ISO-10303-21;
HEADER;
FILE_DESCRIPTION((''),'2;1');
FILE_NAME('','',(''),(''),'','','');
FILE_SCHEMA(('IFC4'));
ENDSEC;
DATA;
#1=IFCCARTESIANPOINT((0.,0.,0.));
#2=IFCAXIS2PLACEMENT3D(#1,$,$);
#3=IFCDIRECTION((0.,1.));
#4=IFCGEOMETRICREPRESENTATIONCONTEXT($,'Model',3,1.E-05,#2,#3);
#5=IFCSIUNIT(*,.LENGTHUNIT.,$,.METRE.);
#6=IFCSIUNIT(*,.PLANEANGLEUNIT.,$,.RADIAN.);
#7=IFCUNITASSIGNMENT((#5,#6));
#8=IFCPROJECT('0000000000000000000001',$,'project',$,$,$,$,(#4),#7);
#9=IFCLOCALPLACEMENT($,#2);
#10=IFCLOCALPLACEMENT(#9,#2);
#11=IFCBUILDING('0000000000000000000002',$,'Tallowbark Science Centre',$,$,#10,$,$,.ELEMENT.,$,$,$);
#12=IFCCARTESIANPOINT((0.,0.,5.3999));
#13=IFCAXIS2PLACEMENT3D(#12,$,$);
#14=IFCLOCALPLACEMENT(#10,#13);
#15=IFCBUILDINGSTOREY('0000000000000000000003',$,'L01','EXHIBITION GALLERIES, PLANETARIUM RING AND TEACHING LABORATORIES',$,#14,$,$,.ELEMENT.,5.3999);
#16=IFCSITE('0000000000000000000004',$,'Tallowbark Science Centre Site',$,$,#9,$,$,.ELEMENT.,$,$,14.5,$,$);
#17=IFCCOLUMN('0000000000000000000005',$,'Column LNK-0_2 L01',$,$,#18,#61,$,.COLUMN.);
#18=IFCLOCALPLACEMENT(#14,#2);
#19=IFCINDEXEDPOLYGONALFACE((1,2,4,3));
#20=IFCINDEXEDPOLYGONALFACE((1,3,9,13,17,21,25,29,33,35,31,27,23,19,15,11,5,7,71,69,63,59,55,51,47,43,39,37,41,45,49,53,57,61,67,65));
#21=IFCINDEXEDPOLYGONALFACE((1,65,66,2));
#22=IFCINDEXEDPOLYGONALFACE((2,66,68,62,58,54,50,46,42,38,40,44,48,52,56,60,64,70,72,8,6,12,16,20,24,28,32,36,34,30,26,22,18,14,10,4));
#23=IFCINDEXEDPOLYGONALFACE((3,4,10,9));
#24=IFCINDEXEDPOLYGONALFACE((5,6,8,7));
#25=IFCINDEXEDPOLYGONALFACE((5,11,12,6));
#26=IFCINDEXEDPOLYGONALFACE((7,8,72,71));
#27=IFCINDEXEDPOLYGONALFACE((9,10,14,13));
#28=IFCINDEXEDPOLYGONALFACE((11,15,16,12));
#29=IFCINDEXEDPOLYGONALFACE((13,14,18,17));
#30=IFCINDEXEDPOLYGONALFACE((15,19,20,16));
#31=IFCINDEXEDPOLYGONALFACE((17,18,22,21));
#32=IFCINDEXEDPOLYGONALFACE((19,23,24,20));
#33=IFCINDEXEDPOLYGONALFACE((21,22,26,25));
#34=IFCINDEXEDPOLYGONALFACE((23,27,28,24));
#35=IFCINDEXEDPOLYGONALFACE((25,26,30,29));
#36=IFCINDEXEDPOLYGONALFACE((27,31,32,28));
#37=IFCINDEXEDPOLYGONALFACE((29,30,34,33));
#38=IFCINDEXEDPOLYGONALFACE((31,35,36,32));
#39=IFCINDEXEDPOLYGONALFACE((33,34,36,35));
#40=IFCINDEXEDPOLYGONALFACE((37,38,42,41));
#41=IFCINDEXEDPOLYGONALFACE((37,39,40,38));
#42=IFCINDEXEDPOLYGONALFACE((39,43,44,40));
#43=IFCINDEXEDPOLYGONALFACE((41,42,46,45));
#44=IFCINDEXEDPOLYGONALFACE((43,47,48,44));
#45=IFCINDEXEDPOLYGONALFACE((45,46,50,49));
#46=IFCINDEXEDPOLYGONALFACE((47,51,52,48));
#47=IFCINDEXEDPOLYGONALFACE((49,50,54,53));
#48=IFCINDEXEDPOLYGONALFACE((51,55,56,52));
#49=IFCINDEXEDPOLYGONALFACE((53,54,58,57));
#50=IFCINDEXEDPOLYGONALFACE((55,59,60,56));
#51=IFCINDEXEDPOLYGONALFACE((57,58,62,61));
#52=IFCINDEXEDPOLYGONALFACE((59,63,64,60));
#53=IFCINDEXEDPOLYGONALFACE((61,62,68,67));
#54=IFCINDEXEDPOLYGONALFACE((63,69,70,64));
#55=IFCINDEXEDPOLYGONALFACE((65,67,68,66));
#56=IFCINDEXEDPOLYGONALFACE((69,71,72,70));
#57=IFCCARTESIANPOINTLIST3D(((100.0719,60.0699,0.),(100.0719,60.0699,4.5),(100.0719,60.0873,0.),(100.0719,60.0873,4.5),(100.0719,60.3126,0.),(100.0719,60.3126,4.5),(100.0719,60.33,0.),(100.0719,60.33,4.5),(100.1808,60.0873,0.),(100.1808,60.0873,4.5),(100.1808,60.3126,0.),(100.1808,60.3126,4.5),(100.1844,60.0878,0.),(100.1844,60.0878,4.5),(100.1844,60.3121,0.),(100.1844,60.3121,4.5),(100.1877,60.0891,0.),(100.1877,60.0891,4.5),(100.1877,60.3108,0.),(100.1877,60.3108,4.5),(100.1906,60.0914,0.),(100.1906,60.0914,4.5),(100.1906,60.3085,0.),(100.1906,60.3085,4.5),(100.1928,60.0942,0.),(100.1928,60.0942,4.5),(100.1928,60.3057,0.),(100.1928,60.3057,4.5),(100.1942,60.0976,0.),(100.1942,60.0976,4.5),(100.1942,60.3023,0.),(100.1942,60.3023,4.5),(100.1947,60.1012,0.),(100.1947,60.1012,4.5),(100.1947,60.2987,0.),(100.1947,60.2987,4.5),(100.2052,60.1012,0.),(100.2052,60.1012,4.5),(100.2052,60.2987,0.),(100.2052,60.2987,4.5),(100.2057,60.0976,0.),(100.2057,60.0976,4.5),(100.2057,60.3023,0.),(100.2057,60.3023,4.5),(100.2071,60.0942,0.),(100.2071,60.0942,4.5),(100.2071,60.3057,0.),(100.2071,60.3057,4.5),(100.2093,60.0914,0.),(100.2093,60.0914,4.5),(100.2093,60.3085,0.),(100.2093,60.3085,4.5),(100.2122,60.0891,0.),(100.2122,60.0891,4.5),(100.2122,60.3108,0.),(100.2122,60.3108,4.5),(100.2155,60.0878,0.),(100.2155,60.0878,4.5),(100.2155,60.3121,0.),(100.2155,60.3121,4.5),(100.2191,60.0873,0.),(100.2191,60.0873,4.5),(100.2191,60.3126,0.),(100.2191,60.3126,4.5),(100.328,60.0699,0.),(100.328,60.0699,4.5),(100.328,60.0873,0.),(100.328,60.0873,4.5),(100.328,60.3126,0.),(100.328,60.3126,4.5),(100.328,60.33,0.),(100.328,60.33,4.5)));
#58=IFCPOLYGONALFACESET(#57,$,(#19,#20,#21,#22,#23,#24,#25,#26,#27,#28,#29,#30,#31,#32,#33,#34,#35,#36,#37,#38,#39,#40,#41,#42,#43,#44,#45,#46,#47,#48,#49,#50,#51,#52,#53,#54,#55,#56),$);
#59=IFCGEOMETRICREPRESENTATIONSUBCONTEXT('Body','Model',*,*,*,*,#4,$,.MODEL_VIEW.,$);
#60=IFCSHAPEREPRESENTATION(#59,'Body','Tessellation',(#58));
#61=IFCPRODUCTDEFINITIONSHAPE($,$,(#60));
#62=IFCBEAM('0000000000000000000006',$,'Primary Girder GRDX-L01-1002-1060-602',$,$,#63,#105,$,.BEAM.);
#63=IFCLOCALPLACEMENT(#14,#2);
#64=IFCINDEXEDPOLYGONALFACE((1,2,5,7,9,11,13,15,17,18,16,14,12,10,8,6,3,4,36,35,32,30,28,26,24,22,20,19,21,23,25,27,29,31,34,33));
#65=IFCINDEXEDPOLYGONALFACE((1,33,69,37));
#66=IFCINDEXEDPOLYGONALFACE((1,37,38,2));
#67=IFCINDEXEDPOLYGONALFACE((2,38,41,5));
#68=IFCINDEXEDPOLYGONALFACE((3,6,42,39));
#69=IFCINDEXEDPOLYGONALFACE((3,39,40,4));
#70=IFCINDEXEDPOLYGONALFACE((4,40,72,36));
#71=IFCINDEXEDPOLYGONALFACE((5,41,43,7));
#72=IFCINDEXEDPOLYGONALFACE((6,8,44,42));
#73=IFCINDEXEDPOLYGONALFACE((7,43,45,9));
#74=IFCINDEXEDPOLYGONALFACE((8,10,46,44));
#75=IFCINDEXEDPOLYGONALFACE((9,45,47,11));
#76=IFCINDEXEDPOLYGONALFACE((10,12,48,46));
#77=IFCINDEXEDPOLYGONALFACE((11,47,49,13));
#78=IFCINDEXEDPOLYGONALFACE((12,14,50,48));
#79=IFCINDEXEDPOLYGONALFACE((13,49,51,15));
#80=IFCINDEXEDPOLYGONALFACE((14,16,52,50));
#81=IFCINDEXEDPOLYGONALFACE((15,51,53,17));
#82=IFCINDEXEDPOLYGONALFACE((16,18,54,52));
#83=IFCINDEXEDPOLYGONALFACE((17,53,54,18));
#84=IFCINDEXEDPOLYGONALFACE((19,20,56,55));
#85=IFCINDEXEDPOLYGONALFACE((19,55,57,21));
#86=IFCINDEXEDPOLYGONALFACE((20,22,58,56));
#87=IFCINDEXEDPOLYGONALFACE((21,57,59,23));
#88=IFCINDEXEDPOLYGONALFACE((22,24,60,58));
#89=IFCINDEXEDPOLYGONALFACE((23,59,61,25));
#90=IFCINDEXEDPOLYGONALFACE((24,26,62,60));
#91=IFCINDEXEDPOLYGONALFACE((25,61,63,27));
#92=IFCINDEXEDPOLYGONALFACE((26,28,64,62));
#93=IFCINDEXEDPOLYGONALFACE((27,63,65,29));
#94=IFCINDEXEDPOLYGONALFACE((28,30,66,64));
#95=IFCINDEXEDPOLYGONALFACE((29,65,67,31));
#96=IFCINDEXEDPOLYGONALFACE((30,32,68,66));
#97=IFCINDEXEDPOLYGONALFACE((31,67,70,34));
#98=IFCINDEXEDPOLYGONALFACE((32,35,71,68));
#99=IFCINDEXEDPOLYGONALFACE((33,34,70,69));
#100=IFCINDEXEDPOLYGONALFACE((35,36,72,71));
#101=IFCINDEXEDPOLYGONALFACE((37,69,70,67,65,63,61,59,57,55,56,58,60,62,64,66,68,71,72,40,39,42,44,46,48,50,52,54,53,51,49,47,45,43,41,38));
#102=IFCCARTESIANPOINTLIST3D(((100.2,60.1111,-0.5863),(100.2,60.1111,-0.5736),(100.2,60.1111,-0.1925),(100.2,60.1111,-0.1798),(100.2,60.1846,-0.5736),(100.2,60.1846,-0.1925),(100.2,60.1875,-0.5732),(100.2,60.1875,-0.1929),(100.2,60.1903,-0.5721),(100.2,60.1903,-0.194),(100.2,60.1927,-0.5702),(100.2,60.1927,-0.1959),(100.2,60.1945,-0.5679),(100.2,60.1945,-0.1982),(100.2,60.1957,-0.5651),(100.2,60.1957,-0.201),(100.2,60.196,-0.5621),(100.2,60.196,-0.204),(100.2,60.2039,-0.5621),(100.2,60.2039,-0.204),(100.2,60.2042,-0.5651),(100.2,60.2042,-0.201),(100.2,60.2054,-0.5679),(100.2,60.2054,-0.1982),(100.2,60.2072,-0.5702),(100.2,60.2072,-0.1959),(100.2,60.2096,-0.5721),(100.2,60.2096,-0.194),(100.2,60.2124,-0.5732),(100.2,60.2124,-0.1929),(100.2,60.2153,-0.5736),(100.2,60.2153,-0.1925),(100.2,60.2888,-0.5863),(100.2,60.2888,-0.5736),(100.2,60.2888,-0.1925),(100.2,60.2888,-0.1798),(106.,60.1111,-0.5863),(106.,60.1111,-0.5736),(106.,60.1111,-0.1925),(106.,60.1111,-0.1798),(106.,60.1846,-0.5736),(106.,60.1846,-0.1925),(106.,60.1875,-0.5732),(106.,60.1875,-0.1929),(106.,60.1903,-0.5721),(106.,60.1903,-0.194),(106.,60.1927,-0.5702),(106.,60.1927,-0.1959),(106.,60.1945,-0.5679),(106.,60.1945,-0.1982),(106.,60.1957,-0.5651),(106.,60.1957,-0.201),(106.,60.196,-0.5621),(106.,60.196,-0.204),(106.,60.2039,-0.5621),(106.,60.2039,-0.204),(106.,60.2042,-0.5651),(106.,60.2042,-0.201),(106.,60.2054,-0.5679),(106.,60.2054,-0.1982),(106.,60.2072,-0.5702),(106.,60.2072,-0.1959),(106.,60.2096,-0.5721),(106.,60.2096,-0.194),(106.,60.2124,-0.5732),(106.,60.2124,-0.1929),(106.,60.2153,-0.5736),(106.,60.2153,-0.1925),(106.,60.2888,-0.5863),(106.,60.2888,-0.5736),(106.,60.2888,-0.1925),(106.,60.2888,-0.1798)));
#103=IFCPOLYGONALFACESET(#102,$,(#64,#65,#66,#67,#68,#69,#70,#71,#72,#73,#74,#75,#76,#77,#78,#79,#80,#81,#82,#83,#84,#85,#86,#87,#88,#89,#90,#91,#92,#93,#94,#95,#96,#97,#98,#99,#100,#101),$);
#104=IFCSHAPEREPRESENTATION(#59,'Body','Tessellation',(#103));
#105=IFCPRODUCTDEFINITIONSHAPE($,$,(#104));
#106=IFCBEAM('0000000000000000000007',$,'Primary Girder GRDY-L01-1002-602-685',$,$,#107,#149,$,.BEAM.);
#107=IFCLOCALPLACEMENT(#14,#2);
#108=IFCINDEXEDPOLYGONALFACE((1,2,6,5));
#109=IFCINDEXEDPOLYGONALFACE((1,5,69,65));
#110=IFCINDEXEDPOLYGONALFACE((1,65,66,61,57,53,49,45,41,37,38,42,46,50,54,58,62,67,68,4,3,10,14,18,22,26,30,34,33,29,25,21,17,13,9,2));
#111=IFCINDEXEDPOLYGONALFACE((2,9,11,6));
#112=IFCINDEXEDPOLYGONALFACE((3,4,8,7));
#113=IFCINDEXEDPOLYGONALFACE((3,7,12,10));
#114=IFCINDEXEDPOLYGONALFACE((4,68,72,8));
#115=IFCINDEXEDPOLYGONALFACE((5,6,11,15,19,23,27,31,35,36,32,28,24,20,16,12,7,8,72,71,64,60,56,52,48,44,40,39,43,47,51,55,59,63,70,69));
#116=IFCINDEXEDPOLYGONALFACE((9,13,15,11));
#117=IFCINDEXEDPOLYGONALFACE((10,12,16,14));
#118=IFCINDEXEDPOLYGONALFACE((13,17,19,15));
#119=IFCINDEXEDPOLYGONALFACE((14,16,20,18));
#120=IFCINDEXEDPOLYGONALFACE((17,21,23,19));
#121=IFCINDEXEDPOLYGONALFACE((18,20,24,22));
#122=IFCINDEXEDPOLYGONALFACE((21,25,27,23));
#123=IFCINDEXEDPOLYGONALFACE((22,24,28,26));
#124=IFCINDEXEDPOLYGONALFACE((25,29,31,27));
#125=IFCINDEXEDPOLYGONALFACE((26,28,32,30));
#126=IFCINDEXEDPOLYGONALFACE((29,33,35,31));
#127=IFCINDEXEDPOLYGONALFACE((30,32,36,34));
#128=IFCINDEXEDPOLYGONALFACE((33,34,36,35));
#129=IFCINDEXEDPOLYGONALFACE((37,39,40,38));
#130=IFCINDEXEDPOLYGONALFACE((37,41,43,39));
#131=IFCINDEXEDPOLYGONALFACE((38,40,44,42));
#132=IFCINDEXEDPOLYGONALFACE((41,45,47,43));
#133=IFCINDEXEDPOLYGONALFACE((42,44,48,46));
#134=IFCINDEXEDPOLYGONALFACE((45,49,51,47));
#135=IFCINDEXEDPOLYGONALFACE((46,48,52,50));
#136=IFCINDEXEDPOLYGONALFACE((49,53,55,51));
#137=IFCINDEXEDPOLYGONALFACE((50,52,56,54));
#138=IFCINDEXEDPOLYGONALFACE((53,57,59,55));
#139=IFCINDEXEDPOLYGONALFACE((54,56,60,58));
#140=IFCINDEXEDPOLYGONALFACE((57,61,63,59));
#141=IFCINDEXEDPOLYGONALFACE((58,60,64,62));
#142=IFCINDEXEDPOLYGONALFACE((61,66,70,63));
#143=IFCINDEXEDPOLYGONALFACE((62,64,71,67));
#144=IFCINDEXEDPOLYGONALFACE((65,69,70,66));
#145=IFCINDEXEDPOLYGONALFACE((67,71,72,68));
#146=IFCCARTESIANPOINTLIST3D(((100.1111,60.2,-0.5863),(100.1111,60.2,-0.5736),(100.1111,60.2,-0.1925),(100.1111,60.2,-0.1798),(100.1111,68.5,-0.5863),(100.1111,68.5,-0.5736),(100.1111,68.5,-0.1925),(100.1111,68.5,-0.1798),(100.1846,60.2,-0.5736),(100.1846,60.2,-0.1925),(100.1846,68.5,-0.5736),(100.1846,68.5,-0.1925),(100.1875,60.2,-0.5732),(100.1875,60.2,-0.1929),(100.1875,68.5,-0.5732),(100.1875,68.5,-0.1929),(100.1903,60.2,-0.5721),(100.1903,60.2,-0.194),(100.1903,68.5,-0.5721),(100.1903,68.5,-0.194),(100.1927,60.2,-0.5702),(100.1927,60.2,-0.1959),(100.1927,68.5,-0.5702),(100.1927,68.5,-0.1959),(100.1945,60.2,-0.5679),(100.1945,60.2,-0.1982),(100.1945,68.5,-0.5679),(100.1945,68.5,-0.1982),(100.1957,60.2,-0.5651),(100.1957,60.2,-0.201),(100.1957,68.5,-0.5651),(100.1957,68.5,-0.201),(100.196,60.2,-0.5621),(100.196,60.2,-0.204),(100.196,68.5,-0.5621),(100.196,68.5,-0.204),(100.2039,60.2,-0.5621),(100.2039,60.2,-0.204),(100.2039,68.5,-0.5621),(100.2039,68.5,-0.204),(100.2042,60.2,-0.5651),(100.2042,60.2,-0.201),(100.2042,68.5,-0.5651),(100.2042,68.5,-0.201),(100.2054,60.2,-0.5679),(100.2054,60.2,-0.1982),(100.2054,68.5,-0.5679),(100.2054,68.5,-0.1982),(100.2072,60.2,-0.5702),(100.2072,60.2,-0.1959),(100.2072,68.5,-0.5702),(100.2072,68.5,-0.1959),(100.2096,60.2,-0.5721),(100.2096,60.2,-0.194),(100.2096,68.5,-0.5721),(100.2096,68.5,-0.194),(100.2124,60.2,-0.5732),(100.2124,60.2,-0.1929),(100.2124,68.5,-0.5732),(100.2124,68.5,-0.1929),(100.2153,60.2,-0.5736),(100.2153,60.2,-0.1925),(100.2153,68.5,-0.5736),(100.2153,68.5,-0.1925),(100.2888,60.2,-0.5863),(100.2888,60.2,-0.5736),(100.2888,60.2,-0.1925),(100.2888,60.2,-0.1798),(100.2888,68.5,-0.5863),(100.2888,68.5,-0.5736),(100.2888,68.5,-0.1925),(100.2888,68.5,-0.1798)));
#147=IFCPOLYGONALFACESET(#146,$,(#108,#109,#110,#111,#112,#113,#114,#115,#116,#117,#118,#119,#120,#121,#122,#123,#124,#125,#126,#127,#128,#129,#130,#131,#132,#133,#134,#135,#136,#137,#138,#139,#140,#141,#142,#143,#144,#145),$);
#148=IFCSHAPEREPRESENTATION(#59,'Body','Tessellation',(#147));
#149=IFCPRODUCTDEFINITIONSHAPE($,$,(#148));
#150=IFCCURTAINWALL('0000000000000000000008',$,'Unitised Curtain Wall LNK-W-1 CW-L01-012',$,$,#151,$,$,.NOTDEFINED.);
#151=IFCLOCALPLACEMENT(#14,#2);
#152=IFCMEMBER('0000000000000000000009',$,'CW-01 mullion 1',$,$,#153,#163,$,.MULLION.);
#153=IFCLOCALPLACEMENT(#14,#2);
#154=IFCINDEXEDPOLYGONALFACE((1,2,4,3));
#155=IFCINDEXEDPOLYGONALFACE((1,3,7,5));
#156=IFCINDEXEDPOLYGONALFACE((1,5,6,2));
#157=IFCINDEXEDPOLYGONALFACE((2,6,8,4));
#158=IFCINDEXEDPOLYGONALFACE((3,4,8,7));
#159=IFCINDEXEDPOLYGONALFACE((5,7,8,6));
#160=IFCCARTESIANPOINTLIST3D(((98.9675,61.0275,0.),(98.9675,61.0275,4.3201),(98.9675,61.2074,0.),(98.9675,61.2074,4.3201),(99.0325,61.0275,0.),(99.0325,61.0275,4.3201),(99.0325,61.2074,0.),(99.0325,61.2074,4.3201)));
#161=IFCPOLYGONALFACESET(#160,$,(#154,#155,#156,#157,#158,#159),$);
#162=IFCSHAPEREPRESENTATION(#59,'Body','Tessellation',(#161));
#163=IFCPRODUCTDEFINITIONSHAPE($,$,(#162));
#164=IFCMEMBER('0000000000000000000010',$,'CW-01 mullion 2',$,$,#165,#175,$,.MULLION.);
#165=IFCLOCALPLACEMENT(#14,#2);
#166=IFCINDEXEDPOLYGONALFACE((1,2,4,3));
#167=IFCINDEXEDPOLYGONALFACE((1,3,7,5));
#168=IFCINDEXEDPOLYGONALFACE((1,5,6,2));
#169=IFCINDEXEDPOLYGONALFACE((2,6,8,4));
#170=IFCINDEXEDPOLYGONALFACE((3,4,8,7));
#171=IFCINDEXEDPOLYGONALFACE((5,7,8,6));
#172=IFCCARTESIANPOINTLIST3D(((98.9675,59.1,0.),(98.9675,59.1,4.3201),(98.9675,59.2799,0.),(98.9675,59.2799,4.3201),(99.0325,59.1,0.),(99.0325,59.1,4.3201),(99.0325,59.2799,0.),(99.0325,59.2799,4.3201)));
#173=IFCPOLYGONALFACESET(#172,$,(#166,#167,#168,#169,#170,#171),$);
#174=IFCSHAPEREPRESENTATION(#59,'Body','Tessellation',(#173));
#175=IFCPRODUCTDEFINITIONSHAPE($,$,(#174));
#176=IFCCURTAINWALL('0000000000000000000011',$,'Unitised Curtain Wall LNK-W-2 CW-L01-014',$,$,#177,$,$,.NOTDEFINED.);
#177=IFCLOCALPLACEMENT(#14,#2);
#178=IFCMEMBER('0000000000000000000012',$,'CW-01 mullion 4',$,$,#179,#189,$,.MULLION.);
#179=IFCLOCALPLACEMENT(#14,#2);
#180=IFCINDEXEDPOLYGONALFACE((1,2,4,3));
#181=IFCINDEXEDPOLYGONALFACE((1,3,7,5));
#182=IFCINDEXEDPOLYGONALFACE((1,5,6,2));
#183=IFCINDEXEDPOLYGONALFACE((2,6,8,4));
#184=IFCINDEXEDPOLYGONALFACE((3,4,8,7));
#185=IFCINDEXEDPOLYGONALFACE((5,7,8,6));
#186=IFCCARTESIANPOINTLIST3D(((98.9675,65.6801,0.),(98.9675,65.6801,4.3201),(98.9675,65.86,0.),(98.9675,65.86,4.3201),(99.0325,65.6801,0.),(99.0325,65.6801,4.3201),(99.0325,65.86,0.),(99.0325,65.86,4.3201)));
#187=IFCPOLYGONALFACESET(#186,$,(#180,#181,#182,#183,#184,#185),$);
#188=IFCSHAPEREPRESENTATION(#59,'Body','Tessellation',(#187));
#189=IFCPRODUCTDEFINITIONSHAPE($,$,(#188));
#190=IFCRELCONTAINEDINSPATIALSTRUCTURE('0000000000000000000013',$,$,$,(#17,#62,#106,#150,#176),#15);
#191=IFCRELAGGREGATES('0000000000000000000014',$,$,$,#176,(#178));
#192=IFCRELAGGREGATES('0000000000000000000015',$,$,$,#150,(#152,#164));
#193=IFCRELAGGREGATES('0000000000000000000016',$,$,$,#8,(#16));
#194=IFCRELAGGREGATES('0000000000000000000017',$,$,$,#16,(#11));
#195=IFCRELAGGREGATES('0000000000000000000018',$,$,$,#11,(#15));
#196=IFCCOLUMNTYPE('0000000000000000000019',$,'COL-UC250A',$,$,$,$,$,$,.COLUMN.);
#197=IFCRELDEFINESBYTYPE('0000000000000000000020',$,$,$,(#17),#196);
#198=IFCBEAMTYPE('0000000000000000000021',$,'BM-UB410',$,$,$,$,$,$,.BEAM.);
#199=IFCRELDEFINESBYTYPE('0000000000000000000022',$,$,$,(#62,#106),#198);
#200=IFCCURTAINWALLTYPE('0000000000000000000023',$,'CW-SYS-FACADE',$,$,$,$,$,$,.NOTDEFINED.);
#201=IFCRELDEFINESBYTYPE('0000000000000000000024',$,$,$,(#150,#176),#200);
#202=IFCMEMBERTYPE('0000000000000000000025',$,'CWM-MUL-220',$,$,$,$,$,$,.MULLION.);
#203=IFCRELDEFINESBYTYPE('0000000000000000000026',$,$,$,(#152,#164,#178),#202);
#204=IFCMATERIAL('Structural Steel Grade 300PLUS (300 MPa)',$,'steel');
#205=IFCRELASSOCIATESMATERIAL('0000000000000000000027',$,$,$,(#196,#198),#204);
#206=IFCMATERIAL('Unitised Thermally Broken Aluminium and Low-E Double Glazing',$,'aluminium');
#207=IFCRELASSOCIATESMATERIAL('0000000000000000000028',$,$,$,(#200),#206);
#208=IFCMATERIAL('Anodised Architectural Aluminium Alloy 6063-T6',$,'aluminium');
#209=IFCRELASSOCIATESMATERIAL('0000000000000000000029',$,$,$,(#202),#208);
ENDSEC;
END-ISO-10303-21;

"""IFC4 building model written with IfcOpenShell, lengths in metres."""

from ifc_helpers import new_model, si_unit, direction, frame, origin, origin_2d, place, context, subcontext, project, spatial, rectangle, i_section, extrude, material, material_profile, profile_set, type_object, element, aggregate, save


model = new_model("IFC4")

# Units and contexts
model_context = context("Model", 3, precision=1e-05, world=origin(), true_north=direction((0.0, 1.0)))
body_context = subcontext(model_context, "Body", "Model", "MODEL_VIEW")
ifc_project = project(units=[si_unit("LENGTHUNIT", "METRE"), si_unit("PLANEANGLEUNIT", "RADIAN")], contexts=[model_context])

# Site, building, storey
site_placement = place(None, origin())
site = spatial("IfcSite", under=ifc_project, at=site_placement, Name="Tallowbark Science Centre Site", CompositionType="ELEMENT", RefElevation=14.5)
building_placement = place(site_placement, origin())
building = spatial("IfcBuilding", under=site, at=building_placement, Name="Tallowbark Science Centre", CompositionType="ELEMENT")
storey_placement = place(building_placement, frame((0.0, 0.0, 5.3999)))
storey = spatial("IfcBuildingStorey", under=building, at=storey_placement, Name="L01", Description="EXHIBITION GALLERIES, PLANETARIUM RING AND TEACHING LABORATORIES", CompositionType="ELEMENT", Elevation=5.3999)

# Column
ifc_material_1 = material(Name="Structural Steel Grade 300PLUS (300 MPa)", Category="steel")
ifc_material_profile_1 = material_profile(ifc_material_1, i_section(OverallWidth=0.2561, OverallDepth=0.26, WebThickness=0.0105, FlangeThickness=0.0173, FilletRadius=0.0139, at=origin_2d()), Name="250UC89.5")
ifc_profile_set_1 = profile_set([ifc_material_profile_1], Name="Structural Steel Grade 300PLUS (300 MPa)")
column_type = type_object("IfcColumnType", Name="COL-UC250A", PredefinedType="COLUMN", material=ifc_profile_set_1)
column_placement = place(storey_placement, frame((100.2, 60.2, 0.0), z_axis=(0.0, 0.0, 1.0), x_axis=(1.0, 0.0, 0.0)))
element("IfcColumn", 1, at=column_placement, inside=storey, type_object=column_type, Name="Column LNK-0_2 L01", PredefinedType="COLUMN", context=body_context, shape_type="SweptSolid", body=[
    extrude(i_section(OverallWidth=0.2561, OverallDepth=0.26, WebThickness=0.0105, FlangeThickness=0.0173, FilletRadius=0.0139, at=origin_2d()), origin(), (0.0, 0.0, 1.0), 4.5),
])

# Beams
ifc_material_profile_2 = material_profile(ifc_material_1, i_section(OverallWidth=0.1777, OverallDepth=0.4065, WebThickness=0.0078, FlangeThickness=0.0127, FilletRadius=0.0115, at=origin_2d()), Name="410UB59.7")
ifc_profile_set_2 = profile_set([ifc_material_profile_2], Name="Structural Steel Grade 300PLUS (300 MPa)")
beam_type = type_object("IfcBeamType", Name="BM-UB410", PredefinedType="BEAM", material=ifc_profile_set_2)
beam_1_placement = place(storey_placement, frame((100.2, 60.2, -0.3831), z_axis=(1.0, 0.0, 0.0), x_axis=(0.0, 1.0, 0.0)))
element("IfcBeam", 2, at=beam_1_placement, inside=storey, type_object=beam_type, Name="Primary Girder GRDX-L01-1002-1060-602", PredefinedType="BEAM", context=body_context, shape_type="SweptSolid", body=[
    extrude(i_section(OverallWidth=0.1777, OverallDepth=0.4065, WebThickness=0.0078, FlangeThickness=0.0127, FilletRadius=0.0115, at=origin_2d()), origin(), (0.0, 0.0, 1.0), 5.8),
])
beam_2_placement = place(storey_placement, frame((100.2, 60.2, -0.3831), z_axis=(0.0, 1.0, 0.0), x_axis=(-1.0, 0.0, 0.0)))
element("IfcBeam", 3, at=beam_2_placement, inside=storey, type_object=beam_type, Name="Primary Girder GRDY-L01-1002-602-685", PredefinedType="BEAM", context=body_context, shape_type="SweptSolid", body=[
    extrude(i_section(OverallWidth=0.1777, OverallDepth=0.4065, WebThickness=0.0078, FlangeThickness=0.0127, FilletRadius=0.0115, at=origin_2d()), origin(), (0.0, 0.0, 1.0), 8.3),
])

# Curtain walls, members
ifc_material_2 = material(Name="Unitised Thermally Broken Aluminium and Low-E Double Glazing", Category="aluminium")
curtain_wall_type = type_object("IfcCurtainWallType", Name="CW-SYS-FACADE", PredefinedType="NOTDEFINED", material=ifc_material_2)
curtain_wall_1_placement = place(storey_placement, origin())
curtain_wall_1 = element("IfcCurtainWall", 4, at=curtain_wall_1_placement, inside=storey, type_object=curtain_wall_type, Name="Unitised Curtain Wall LNK-W-1 CW-L01-012", PredefinedType="NOTDEFINED")
ifc_material_3 = material(Name="Anodised Architectural Aluminium Alloy 6063-T6", Category="aluminium")
ifc_material_profile_3 = material_profile(ifc_material_3, rectangle(XDim=0.0649, YDim=0.1799, at=origin_2d()), Name="ALU65x180")
ifc_profile_set_3 = profile_set([ifc_material_profile_3], Name="Anodised Architectural Aluminium Alloy 6063-T6")
member_type_1 = type_object("IfcMemberType", Name="CWM-MUL-220", PredefinedType="MULLION", material=ifc_profile_set_3)
member_1_placement = place(storey_placement, frame((99.0, 61.1174, 0.0), z_axis=(0.0, 0.0, 1.0), x_axis=(1.0, 0.0, 0.0)))
member_1 = element("IfcMember", 5, at=member_1_placement, type_object=member_type_1, Name="CW-01 mullion 1", PredefinedType="MULLION", context=body_context, shape_type="SweptSolid", body=[
    extrude(rectangle(XDim=0.0649, YDim=0.1799, at=origin_2d()), origin(), (0.0, 0.0, 1.0), 4.3201),
])
member_2_placement = place(storey_placement, frame((99.0, 59.1899, 0.0), z_axis=(0.0, 0.0, 1.0), x_axis=(1.0, 0.0, 0.0)))
member_2 = element("IfcMember", 6, at=member_2_placement, type_object=member_type_1, Name="CW-01 mullion 2", PredefinedType="MULLION", context=body_context, shape_type="SweptSolid", body=[
    extrude(rectangle(XDim=0.0649, YDim=0.1799, at=origin_2d()), origin(), (0.0, 0.0, 1.0), 4.3201),
])
curtain_wall_2_placement = place(storey_placement, origin())
curtain_wall_2 = element("IfcCurtainWall", 7, at=curtain_wall_2_placement, inside=storey, type_object=curtain_wall_type, Name="Unitised Curtain Wall LNK-W-2 CW-L01-014", PredefinedType="NOTDEFINED")
member_3_placement = place(storey_placement, frame((99.0, 65.77, 0.0), z_axis=(0.0, 0.0, 1.0), x_axis=(1.0, 0.0, 0.0)))
member_3 = element("IfcMember", 8, at=member_3_placement, type_object=member_type_1, Name="CW-01 mullion 4", PredefinedType="MULLION", context=body_context, shape_type="SweptSolid", body=[
    extrude(rectangle(XDim=0.0649, YDim=0.1799, at=origin_2d()), origin(), (0.0, 0.0, 1.0), 4.3201),
])

aggregate(curtain_wall_2, [member_3])
aggregate(curtain_wall_1, [member_1, member_2])

save(model, "model.ifc")
